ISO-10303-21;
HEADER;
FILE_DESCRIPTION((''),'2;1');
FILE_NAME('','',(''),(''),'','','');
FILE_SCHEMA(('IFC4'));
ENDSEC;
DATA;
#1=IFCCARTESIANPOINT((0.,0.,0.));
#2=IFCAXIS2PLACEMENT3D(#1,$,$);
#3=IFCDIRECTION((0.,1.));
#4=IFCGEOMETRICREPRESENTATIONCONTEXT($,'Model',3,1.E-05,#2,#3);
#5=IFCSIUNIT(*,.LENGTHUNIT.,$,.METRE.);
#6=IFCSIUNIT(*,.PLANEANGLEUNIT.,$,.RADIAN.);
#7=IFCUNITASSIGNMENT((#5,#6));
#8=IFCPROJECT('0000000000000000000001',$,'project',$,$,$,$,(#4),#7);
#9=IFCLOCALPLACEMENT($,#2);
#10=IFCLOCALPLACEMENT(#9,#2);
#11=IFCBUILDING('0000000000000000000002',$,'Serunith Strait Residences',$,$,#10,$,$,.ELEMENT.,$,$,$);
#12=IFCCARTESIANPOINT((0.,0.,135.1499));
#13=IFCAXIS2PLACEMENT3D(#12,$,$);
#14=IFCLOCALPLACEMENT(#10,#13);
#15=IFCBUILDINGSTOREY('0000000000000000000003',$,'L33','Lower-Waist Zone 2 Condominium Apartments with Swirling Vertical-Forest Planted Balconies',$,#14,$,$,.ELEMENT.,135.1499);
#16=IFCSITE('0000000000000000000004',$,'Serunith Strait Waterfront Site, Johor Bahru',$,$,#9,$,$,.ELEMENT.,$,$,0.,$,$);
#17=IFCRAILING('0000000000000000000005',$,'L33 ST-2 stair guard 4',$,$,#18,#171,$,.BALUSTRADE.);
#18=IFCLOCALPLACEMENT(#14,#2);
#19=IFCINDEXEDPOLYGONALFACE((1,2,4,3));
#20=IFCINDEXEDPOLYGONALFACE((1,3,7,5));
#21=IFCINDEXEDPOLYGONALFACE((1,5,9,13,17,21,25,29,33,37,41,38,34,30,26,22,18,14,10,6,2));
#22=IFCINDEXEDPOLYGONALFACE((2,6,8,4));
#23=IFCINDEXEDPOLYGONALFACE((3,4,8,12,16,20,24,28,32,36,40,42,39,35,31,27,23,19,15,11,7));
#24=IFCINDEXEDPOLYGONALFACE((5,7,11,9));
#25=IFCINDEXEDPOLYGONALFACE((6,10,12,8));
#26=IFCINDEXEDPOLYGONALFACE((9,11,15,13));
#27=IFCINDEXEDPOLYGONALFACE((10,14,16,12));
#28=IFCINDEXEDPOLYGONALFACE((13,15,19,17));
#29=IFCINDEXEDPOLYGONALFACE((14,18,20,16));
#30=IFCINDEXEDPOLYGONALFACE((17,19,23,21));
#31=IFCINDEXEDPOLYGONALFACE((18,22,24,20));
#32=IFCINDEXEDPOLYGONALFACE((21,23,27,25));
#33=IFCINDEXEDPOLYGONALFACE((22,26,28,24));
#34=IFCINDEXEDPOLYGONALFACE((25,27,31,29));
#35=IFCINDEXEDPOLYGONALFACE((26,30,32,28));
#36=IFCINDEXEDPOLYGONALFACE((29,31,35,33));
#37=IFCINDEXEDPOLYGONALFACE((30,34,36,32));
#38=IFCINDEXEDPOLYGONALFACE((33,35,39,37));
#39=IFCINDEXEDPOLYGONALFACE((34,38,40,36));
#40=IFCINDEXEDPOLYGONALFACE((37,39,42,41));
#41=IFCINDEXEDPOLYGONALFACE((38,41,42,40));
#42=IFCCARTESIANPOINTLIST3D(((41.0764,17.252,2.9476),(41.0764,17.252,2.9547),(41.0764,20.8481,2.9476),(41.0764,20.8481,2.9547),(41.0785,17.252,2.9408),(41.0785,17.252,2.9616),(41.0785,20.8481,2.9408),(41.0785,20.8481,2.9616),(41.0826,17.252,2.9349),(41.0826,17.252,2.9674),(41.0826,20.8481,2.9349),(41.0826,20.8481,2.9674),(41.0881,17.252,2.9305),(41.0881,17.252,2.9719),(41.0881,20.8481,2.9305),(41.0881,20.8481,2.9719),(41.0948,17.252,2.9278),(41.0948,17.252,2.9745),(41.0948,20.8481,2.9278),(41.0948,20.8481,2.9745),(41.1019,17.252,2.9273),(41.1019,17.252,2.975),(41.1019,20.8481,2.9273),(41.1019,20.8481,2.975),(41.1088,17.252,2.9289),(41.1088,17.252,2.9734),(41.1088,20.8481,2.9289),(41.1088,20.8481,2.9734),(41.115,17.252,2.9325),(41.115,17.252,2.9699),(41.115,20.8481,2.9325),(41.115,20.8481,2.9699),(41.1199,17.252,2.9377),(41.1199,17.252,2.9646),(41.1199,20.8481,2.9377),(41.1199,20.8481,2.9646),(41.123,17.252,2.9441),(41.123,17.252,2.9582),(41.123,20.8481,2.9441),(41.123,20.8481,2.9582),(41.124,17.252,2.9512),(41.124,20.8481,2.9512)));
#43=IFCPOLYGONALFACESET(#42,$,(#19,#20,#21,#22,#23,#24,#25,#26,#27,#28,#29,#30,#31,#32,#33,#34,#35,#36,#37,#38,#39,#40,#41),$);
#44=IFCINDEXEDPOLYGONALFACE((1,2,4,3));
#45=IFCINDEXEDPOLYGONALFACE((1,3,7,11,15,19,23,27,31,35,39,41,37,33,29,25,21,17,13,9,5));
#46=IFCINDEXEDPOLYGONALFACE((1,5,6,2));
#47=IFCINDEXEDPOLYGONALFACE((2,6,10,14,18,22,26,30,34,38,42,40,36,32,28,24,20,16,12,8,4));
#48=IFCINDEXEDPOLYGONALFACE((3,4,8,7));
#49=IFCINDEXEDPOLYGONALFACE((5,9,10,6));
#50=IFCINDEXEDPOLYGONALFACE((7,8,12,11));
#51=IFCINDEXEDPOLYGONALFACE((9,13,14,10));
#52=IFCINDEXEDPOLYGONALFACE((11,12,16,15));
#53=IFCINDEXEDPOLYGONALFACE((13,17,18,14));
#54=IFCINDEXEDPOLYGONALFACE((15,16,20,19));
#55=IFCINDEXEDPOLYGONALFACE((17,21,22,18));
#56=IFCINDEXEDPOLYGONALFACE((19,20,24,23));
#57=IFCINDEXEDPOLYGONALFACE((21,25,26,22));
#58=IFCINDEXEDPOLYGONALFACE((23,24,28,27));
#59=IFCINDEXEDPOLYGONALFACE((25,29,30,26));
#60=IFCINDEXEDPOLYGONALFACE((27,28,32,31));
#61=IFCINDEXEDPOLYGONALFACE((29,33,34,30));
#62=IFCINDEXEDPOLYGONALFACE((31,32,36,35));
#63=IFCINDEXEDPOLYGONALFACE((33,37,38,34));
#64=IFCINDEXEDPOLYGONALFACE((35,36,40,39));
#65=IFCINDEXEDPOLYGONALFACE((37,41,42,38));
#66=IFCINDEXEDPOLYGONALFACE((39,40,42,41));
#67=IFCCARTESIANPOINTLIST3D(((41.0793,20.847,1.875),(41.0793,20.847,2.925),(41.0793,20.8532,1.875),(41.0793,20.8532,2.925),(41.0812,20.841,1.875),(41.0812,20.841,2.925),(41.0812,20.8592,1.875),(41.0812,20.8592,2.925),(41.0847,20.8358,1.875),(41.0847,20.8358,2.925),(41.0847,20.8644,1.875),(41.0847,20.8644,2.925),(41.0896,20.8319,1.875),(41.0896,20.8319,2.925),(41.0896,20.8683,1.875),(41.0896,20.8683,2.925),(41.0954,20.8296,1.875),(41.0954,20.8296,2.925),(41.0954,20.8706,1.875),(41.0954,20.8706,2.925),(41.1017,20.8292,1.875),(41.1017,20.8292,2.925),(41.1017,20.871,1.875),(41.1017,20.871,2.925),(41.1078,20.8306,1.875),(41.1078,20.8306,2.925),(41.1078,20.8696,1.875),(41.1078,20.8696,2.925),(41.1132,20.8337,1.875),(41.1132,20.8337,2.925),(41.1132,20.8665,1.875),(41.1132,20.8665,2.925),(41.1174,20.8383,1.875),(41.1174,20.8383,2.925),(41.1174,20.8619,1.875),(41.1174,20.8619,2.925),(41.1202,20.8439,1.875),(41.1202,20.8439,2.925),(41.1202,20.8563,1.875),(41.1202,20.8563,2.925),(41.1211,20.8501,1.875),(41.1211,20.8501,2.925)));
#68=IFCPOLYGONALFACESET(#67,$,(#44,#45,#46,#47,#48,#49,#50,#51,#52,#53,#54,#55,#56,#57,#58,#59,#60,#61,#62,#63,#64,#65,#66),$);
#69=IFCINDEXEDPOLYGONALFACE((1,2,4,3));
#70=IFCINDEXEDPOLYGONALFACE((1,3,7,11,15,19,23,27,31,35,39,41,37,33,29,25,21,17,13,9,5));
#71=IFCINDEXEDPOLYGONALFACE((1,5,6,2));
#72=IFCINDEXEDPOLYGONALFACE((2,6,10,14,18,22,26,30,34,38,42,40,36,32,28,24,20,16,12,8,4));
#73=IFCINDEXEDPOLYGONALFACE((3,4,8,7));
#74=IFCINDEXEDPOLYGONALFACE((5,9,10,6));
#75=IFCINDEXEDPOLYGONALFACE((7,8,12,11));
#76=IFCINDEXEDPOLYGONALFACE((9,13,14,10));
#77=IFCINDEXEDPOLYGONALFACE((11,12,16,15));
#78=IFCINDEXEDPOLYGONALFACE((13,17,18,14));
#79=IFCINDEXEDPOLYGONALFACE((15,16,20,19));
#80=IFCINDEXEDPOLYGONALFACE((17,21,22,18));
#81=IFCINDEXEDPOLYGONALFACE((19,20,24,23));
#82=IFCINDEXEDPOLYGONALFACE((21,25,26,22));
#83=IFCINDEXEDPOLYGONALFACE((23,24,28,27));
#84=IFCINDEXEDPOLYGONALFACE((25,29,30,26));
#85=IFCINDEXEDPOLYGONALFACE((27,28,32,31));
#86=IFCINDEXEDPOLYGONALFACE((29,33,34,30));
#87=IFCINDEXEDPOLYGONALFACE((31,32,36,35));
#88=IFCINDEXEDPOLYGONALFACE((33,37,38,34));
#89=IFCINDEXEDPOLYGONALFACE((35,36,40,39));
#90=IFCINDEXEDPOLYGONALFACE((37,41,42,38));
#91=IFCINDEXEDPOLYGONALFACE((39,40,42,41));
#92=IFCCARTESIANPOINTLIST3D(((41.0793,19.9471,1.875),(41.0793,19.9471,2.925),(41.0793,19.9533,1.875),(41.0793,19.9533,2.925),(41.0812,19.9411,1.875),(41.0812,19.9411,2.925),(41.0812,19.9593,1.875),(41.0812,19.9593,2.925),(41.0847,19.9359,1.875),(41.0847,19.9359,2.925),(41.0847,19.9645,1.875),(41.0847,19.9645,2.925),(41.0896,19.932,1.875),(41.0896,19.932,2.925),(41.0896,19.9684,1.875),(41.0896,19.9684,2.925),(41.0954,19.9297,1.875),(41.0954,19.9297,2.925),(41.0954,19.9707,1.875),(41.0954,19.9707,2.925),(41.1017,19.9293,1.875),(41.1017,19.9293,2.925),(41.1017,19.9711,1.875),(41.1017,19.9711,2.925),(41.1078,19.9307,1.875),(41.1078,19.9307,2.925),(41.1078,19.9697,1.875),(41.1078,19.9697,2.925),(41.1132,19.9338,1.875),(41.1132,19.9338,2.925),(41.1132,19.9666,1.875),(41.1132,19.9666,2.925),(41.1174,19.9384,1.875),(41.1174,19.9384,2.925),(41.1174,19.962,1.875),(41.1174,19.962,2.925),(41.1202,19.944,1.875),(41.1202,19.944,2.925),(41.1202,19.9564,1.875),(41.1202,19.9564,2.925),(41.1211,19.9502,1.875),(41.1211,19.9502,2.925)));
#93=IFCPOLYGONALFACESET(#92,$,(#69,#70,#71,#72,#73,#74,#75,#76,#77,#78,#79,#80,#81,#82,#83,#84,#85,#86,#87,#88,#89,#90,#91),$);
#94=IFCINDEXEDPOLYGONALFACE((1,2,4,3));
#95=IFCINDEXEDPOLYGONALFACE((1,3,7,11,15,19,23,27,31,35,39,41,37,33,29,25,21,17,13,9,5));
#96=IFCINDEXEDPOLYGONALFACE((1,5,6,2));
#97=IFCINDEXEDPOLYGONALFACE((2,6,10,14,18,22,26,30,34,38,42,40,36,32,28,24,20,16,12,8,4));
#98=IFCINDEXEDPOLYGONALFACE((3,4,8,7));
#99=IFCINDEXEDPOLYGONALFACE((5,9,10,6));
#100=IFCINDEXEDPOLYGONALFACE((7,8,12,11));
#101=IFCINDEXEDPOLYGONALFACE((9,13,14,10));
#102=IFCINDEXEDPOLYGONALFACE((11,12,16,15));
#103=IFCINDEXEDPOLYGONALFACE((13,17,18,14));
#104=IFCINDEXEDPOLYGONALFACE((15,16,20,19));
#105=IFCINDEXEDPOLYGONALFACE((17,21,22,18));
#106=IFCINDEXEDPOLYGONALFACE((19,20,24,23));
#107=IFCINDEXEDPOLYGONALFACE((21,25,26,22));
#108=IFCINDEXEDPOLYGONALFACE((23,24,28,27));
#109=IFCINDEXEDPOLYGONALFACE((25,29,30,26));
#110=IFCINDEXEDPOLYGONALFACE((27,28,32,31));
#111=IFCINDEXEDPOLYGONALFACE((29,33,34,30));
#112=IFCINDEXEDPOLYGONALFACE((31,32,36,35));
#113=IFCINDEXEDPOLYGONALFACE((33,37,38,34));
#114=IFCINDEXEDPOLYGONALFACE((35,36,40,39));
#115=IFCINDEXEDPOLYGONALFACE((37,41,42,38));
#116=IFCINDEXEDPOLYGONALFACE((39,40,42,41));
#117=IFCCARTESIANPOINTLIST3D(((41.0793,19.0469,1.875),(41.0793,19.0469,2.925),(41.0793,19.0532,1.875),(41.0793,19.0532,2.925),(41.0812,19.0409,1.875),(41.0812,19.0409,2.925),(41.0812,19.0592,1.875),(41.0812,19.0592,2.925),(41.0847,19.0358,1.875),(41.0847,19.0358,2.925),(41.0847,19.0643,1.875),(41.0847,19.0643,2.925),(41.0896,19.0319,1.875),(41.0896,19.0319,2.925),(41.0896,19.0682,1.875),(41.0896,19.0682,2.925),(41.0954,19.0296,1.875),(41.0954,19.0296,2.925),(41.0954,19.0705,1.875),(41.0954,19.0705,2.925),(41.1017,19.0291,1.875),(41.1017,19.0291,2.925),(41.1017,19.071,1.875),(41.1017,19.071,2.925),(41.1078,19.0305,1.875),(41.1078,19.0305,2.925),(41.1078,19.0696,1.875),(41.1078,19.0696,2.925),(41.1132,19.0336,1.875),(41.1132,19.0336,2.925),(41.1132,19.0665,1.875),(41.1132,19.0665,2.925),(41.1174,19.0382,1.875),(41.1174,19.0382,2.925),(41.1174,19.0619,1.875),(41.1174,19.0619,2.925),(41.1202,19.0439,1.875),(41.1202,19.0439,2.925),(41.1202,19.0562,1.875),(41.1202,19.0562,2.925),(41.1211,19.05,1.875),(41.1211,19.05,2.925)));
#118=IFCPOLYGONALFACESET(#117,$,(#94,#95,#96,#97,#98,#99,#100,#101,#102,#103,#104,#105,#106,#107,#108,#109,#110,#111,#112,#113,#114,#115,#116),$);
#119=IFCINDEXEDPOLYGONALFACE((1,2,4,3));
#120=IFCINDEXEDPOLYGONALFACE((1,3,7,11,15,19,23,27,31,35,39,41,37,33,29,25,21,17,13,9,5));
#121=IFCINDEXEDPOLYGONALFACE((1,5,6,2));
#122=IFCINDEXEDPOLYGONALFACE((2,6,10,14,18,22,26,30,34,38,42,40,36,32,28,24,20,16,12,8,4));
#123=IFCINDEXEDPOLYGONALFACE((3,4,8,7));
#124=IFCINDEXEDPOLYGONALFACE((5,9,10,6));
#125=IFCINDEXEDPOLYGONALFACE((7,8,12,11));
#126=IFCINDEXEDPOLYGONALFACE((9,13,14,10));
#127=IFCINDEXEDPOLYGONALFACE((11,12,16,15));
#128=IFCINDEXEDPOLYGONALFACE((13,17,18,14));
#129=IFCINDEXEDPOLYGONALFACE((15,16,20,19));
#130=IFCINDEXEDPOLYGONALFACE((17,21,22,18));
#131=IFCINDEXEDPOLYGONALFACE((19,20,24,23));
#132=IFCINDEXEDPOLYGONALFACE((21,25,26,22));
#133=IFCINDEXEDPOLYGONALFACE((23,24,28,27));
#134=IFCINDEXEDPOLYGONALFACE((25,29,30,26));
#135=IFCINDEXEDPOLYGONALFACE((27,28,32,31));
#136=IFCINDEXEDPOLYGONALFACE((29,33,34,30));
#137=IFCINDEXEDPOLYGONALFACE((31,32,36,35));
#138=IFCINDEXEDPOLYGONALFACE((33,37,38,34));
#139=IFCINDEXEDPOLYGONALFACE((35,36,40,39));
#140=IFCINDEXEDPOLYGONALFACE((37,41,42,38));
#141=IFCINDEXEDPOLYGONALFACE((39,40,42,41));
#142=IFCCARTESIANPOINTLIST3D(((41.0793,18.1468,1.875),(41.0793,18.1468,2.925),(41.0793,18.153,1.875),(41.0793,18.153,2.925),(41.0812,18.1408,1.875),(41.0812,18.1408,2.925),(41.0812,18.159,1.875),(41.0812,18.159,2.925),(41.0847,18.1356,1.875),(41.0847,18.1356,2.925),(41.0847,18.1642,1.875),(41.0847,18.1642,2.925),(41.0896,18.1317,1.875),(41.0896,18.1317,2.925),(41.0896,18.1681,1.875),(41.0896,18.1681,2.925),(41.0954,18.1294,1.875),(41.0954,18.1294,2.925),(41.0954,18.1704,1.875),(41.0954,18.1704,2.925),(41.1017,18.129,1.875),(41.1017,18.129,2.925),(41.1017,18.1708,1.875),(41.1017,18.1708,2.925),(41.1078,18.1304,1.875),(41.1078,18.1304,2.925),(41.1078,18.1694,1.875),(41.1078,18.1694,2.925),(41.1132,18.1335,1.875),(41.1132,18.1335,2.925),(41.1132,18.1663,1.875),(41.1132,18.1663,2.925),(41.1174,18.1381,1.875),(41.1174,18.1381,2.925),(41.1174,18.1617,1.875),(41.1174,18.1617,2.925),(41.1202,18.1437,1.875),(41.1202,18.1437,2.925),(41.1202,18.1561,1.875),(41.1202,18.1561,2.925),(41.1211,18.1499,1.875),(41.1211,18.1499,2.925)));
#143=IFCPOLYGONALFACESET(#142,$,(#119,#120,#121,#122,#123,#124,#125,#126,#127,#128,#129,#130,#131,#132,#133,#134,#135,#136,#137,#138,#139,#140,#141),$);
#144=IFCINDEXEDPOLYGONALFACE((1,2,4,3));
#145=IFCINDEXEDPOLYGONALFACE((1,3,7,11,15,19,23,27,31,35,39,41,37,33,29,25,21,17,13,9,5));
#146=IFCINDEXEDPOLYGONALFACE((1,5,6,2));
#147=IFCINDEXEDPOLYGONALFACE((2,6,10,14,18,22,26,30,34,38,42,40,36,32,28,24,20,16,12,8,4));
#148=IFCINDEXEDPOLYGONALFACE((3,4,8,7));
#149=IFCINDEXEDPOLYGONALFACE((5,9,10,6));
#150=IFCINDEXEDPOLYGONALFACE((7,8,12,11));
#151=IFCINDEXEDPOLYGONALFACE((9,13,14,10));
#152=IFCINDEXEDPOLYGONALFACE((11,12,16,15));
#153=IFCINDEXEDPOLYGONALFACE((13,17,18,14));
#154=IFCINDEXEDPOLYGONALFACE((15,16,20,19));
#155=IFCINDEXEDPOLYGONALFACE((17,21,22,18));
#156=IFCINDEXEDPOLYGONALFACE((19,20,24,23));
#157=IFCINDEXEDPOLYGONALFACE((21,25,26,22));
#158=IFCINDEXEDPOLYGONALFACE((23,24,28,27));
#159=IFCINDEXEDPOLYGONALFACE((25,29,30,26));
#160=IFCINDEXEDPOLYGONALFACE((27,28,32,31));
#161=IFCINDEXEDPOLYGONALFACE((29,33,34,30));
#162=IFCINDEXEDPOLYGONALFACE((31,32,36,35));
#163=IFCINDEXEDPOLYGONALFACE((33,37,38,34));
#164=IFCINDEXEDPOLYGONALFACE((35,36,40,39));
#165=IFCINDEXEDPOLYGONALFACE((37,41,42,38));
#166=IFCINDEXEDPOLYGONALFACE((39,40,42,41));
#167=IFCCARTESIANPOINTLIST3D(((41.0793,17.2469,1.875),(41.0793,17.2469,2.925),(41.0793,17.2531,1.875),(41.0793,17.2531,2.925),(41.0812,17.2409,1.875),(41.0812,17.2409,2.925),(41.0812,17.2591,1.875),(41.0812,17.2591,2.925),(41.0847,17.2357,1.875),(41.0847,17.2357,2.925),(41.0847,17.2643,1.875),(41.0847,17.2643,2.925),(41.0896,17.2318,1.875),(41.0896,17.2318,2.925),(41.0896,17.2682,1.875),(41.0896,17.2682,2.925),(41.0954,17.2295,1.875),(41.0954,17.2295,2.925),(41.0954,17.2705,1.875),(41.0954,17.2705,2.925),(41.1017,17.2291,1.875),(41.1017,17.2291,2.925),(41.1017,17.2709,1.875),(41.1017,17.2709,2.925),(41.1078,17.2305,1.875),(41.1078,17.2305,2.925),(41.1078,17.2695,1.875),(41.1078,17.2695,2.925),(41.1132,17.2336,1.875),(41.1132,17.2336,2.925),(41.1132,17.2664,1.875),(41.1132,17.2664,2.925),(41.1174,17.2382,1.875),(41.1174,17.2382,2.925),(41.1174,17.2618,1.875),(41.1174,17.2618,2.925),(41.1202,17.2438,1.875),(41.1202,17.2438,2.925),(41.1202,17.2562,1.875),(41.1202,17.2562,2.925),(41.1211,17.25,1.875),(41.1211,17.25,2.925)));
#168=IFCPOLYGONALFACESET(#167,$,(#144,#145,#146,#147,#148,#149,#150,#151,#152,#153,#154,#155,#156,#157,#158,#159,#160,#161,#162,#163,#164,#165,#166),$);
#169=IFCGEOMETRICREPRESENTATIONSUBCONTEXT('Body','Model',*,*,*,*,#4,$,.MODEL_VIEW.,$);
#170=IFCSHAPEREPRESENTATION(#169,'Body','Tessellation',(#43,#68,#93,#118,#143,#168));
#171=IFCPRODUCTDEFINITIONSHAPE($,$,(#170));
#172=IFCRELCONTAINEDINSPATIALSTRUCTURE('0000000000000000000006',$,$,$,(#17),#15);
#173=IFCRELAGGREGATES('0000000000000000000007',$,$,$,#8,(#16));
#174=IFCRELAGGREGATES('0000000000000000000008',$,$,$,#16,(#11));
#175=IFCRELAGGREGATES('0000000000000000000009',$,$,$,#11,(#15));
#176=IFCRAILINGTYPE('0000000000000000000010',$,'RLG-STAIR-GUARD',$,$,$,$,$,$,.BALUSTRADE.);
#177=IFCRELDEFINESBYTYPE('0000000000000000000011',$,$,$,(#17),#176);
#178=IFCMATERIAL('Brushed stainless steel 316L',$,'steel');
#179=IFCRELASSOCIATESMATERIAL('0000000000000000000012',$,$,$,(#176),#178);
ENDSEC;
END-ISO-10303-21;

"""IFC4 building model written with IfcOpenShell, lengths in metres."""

from ifc_helpers import new_model, si_unit, direction, frame, origin, origin_2d, place, context, subcontext, project, spatial, circle, extrude, material, type_object, element, save


model = new_model("IFC4")

# Units and contexts
model_context = context("Model", 3, precision=1e-05, world=origin(), true_north=direction((0.0, 1.0)))
body_context = subcontext(model_context, "Body", "Model", "MODEL_VIEW")
ifc_project = project(units=[si_unit("LENGTHUNIT", "METRE"), si_unit("PLANEANGLEUNIT", "RADIAN")], contexts=[model_context])

# Site, building, storey
site_placement = place(None, origin())
site = spatial("IfcSite", under=ifc_project, at=site_placement, Name="Serunith Strait Waterfront Site, Johor Bahru", CompositionType="ELEMENT", RefElevation=0.0)
building_placement = place(site_placement, origin())
building = spatial("IfcBuilding", under=site, at=building_placement, Name="Serunith Strait Residences", CompositionType="ELEMENT")
storey_placement = place(building_placement, frame((0.0, 0.0, 135.1499)))
storey = spatial("IfcBuildingStorey", under=building, at=storey_placement, Name="L33", Description="Lower-Waist Zone 2 Condominium Apartments with Swirling Vertical-Forest Planted Balconies", CompositionType="ELEMENT", Elevation=135.1499)

# Railing
ifc_material_1 = material(Name="Brushed stainless steel 316L", Category="steel")
railing_type_1 = type_object("IfcRailingType", Name="RLG-STAIR-GUARD", PredefinedType="BALUSTRADE", material=ifc_material_1)
for number, where, name in (
    (1, (41.1001, 20.8501, 1.875), "L33 ST-2 stair guard 4"),
):
    element("IfcRailing", number, at=place(storey_placement, frame(where)), inside=storey, type_object=railing_type_1, Name=name, PredefinedType="BALUSTRADE", context=body_context, shape_type="SweptSolid", body=[
        extrude(circle(Radius=0.0239, at=origin_2d()), frame((0.0, -0.002, 1.0762), z_axis=(0.0, -1.0, 0.0), x_axis=(1.0, 0.0, 0.0)), (0.0, 0.0, 1.0), 3.5962),
        extrude(circle(Radius=0.021, at=origin_2d()), origin(), (0.0, 0.0, 1.0), 1.05),
        extrude(circle(Radius=0.021, at=origin_2d()), frame((0.0, -0.8999, 0.0)), (0.0, 0.0, 1.0), 1.05),
        extrude(circle(Radius=0.021, at=origin_2d()), frame((0.0, -1.8, 0.0)), (0.0, 0.0, 1.0), 1.05),
        extrude(circle(Radius=0.021, at=origin_2d()), frame((0.0, -2.7002, 0.0)), (0.0, 0.0, 1.0), 1.05),
        extrude(circle(Radius=0.021, at=origin_2d()), frame((0.0, -3.6001, 0.0)), (0.0, 0.0, 1.0), 1.05),
    ])

save(model, "model.ifc")
